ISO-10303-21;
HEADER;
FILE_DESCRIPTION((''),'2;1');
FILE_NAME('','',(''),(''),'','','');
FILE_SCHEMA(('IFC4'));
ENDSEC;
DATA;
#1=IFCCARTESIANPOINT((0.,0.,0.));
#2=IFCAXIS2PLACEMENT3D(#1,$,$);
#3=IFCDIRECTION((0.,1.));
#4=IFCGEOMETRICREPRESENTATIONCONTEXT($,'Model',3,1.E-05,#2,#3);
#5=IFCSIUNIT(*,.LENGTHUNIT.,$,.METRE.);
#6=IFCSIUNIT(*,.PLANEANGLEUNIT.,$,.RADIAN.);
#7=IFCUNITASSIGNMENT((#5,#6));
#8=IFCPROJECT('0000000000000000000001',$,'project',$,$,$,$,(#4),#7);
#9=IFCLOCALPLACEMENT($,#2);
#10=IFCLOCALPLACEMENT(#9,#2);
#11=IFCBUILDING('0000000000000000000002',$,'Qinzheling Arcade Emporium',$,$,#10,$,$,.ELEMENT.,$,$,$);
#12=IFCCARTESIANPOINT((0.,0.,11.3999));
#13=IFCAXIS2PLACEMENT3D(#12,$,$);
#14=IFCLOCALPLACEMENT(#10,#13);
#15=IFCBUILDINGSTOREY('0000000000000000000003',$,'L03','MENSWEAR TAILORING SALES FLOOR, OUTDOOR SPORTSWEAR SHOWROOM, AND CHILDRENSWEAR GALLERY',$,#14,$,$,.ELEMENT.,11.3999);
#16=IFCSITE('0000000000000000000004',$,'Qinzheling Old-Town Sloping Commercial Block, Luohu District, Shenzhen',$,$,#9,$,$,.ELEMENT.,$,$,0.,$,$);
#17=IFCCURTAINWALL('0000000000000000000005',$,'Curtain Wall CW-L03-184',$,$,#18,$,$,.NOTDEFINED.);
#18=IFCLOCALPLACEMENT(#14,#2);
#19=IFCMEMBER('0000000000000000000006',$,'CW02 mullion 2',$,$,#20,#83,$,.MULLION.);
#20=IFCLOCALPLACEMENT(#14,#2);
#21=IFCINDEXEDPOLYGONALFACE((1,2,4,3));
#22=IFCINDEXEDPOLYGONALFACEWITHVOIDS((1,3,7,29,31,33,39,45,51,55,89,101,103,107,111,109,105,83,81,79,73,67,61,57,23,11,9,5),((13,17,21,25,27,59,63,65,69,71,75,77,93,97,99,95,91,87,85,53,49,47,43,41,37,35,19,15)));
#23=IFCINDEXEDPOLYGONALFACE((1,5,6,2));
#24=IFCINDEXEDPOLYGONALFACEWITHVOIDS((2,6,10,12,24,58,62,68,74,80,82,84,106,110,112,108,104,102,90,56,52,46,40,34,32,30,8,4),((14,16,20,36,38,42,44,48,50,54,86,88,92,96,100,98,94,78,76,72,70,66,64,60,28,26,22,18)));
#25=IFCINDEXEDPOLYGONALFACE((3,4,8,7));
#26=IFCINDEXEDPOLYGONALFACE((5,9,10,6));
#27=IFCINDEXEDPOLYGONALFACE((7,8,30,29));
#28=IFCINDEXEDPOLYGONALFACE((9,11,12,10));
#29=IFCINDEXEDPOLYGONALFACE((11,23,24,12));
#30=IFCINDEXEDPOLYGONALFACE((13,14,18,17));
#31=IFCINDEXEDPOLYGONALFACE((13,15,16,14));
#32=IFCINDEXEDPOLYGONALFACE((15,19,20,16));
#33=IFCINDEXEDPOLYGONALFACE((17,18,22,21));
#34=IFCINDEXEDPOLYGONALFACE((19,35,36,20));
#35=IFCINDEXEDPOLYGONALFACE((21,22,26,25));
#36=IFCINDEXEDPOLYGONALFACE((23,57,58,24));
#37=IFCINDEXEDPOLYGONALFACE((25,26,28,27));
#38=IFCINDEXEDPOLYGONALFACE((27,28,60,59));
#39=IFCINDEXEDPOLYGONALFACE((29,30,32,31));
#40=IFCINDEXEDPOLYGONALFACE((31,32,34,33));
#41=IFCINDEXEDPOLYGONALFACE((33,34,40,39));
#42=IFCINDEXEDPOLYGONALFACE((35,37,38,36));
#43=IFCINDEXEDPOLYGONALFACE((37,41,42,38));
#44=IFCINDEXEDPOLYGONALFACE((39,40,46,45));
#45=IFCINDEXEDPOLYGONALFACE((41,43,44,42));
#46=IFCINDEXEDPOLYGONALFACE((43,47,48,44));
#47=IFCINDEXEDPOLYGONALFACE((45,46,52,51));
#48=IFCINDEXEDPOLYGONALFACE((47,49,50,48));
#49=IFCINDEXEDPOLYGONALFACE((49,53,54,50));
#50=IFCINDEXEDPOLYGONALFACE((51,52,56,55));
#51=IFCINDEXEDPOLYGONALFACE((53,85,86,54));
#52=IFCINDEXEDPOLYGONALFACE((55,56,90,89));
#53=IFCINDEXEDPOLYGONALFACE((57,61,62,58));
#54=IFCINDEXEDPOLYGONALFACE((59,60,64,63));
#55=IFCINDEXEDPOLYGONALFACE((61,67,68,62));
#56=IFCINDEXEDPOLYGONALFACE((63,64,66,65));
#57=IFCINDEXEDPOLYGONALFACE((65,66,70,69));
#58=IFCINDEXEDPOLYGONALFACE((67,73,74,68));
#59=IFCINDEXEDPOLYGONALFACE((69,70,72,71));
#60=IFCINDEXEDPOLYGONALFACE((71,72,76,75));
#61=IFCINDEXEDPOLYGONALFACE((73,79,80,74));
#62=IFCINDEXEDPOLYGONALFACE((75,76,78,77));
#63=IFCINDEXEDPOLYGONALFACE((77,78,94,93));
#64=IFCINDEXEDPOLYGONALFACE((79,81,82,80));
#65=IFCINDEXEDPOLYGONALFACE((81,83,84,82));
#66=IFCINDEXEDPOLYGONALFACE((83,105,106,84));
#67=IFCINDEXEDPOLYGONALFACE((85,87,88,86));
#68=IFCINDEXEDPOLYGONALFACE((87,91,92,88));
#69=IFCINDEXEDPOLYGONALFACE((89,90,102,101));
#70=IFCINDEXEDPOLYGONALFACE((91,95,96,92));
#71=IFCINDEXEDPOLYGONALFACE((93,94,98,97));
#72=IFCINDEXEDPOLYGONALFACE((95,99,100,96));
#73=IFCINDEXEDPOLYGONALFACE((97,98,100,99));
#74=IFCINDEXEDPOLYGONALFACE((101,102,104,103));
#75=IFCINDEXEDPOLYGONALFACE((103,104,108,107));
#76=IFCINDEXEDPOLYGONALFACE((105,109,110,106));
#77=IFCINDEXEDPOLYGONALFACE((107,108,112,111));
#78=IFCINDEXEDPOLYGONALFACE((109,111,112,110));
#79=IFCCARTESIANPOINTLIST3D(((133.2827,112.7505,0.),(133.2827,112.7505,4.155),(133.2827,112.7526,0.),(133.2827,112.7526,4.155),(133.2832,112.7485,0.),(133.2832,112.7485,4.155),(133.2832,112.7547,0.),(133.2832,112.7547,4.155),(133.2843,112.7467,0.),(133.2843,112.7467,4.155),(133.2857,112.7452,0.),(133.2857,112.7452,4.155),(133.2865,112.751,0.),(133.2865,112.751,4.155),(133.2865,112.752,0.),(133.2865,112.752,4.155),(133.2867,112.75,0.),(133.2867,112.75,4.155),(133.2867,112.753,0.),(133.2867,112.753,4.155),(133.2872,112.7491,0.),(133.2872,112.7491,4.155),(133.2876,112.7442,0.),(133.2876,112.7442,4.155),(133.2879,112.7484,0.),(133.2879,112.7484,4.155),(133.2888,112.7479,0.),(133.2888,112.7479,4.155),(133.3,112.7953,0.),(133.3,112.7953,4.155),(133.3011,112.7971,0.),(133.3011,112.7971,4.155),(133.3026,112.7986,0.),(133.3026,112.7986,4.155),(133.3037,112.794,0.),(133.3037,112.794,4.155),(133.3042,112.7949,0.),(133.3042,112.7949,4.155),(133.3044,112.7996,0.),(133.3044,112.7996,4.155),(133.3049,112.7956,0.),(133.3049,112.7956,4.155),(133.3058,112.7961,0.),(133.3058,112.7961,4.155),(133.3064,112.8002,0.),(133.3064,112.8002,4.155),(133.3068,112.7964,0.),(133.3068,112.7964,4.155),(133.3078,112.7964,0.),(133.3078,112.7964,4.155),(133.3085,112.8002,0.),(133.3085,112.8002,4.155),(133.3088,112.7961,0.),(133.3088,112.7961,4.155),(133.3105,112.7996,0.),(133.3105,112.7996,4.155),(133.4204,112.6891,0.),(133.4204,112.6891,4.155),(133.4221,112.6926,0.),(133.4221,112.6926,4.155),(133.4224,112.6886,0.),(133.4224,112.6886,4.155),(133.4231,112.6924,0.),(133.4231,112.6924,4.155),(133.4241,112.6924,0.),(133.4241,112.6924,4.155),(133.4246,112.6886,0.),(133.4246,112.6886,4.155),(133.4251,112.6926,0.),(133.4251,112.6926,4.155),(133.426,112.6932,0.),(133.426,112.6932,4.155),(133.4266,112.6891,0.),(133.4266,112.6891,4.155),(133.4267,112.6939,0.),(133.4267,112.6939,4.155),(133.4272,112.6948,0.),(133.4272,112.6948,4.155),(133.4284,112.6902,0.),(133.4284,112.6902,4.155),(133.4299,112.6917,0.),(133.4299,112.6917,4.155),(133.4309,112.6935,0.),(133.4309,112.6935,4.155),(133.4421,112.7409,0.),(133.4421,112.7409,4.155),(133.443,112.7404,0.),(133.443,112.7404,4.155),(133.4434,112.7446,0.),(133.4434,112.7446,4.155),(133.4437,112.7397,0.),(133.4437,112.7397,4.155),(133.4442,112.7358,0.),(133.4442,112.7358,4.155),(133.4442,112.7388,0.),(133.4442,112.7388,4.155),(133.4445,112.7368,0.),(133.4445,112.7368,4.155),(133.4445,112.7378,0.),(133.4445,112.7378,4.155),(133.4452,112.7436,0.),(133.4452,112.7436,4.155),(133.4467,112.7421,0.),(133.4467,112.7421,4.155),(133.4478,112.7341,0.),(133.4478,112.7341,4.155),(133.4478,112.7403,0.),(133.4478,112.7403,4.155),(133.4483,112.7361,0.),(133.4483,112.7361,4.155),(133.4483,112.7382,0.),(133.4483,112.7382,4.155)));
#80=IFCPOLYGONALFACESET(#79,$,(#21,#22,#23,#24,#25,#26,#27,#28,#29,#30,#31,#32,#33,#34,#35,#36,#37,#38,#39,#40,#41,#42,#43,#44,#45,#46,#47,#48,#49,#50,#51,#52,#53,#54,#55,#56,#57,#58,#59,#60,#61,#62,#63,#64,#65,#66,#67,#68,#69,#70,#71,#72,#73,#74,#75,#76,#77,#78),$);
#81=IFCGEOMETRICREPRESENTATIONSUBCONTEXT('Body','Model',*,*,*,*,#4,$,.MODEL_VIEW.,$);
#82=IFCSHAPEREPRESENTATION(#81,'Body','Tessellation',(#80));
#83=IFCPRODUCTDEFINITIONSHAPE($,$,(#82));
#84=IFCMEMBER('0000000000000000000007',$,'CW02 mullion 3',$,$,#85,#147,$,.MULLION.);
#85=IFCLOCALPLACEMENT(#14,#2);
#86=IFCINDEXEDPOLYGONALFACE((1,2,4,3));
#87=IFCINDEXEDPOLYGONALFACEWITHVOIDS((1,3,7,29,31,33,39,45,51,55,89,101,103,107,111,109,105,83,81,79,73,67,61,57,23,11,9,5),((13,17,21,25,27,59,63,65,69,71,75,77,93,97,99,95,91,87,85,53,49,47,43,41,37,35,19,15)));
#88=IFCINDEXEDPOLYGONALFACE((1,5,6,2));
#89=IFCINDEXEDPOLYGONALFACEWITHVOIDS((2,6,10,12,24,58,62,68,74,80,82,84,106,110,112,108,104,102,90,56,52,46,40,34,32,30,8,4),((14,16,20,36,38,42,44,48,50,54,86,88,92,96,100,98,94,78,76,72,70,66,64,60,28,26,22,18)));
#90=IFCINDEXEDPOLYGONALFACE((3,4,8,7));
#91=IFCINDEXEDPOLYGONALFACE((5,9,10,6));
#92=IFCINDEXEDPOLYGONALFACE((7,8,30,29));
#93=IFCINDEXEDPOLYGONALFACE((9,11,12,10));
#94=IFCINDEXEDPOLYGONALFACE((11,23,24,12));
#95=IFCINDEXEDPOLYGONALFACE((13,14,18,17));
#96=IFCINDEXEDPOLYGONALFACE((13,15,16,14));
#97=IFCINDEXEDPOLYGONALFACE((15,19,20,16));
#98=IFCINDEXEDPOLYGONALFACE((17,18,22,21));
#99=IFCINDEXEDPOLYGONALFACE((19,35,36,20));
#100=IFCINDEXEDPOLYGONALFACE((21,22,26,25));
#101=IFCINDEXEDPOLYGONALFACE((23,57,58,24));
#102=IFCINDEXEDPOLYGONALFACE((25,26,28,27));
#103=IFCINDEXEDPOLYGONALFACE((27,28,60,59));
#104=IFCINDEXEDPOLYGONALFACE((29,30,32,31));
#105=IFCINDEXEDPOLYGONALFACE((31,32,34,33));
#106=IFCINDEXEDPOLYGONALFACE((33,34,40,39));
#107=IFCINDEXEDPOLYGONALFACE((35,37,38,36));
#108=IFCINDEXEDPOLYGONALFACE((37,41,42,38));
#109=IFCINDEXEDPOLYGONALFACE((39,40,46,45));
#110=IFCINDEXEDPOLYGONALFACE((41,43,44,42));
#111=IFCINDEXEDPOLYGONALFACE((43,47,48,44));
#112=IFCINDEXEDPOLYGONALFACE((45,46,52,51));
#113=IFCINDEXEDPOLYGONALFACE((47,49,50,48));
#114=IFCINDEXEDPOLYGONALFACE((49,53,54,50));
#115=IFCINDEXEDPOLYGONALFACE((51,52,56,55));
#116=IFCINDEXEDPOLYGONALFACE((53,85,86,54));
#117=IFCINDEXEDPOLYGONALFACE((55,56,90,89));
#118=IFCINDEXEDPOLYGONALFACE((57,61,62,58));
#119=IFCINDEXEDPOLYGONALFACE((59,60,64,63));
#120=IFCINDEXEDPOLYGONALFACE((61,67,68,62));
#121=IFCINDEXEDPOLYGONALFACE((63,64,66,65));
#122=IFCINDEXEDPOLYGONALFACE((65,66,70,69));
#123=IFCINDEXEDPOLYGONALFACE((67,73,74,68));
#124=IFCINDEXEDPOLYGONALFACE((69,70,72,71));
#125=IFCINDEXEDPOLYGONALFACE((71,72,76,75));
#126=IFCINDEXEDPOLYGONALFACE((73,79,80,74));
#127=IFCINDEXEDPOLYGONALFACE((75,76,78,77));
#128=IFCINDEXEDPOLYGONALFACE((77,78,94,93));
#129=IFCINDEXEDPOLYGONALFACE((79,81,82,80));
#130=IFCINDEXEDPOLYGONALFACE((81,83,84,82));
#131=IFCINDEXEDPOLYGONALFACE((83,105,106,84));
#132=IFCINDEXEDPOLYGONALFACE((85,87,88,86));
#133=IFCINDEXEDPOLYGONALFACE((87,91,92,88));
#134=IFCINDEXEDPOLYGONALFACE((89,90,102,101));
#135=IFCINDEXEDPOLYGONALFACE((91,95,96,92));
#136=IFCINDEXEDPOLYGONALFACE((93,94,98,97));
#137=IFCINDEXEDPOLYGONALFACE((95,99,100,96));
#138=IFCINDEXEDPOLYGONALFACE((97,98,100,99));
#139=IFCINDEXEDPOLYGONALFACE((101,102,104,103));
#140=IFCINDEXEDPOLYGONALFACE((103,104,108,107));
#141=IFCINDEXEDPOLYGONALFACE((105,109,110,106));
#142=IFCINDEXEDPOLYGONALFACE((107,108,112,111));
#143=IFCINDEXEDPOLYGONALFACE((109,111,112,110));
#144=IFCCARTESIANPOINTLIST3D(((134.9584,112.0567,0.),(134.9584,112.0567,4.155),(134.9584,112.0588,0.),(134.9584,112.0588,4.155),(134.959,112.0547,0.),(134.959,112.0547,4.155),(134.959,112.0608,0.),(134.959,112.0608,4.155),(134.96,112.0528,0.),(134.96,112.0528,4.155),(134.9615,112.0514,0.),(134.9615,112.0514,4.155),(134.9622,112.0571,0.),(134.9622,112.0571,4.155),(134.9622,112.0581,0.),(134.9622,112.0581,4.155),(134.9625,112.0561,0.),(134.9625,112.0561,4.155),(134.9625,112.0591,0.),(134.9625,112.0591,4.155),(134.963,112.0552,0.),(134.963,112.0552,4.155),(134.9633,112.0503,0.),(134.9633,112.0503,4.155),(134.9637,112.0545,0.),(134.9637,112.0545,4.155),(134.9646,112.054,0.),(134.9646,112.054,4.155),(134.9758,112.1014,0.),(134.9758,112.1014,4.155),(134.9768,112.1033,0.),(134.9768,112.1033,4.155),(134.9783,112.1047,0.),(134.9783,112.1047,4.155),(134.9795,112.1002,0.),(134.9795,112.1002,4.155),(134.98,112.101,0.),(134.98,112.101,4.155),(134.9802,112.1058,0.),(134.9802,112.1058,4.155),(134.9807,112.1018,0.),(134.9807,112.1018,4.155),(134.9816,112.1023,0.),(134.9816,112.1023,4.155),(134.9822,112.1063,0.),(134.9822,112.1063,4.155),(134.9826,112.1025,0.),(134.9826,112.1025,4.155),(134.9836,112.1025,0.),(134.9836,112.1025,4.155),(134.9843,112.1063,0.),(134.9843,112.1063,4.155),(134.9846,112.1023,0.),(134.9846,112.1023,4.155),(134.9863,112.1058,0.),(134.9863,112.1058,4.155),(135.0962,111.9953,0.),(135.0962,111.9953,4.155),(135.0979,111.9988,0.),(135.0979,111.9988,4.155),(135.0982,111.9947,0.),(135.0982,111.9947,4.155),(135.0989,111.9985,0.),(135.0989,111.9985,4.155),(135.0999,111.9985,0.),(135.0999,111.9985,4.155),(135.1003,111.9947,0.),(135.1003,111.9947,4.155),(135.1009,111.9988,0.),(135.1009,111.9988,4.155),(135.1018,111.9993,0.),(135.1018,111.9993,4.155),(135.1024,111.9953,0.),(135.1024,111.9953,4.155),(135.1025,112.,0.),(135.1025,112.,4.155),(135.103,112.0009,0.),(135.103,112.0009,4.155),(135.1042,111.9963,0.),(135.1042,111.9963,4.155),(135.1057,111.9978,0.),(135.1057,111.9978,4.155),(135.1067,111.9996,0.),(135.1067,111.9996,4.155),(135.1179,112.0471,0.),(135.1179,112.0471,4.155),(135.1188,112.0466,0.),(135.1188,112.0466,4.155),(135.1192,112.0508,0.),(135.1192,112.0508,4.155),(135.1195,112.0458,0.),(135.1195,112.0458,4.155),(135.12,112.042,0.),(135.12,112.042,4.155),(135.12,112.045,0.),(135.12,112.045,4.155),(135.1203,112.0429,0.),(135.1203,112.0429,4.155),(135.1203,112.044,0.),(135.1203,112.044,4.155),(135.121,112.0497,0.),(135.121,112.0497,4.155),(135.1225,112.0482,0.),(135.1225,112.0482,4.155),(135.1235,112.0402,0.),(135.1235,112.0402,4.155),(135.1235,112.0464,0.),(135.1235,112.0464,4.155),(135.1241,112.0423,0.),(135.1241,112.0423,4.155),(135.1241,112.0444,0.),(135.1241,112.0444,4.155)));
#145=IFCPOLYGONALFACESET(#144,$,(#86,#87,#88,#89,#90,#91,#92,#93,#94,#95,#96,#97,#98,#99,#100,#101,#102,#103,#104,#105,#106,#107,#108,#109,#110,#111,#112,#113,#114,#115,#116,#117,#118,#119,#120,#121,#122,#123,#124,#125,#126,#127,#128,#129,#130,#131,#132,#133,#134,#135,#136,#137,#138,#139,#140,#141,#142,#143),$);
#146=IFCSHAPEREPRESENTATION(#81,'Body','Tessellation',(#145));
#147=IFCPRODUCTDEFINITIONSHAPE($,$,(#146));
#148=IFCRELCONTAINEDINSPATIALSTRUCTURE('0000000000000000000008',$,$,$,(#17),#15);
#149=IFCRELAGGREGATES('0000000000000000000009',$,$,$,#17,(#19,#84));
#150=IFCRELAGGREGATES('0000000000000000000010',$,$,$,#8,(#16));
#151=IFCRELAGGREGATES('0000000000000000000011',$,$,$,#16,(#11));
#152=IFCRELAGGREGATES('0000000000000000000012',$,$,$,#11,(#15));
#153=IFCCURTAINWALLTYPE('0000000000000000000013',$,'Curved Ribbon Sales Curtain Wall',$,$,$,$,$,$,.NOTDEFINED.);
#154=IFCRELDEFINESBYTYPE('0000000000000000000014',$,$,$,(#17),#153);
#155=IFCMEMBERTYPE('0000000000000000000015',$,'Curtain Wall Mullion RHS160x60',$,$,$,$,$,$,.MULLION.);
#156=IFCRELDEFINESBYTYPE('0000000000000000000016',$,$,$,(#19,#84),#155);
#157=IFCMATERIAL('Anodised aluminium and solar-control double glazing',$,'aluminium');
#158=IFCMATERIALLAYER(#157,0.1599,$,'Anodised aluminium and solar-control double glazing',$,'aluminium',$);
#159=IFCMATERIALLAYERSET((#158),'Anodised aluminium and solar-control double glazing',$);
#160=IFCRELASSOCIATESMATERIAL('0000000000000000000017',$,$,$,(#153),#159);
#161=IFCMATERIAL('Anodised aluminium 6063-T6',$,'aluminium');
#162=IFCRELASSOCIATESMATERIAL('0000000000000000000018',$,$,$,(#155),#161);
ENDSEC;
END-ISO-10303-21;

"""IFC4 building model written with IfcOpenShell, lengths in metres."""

from ifc_helpers import new_model, si_unit, direction, frame, origin, origin_2d, place, context, subcontext, project, spatial, hollow_rectangle, extrude, material, layer, layer_set, material_profile, profile_set, type_object, element, aggregate, save


model = new_model("IFC4")

# Units and contexts
model_context = context("Model", 3, precision=1e-05, world=origin(), true_north=direction((0.0, 1.0)))
body_context = subcontext(model_context, "Body", "Model", "MODEL_VIEW")
ifc_project = project(units=[si_unit("LENGTHUNIT", "METRE"), si_unit("PLANEANGLEUNIT", "RADIAN")], contexts=[model_context])

# Site, building, storey
site_placement = place(None, origin())
site = spatial("IfcSite", under=ifc_project, at=site_placement, Name="Qinzheling Old-Town Sloping Commercial Block, Luohu District, Shenzhen", CompositionType="ELEMENT", RefElevation=0.0)
building_placement = place(site_placement, origin())
building = spatial("IfcBuilding", under=site, at=building_placement, Name="Qinzheling Arcade Emporium", CompositionType="ELEMENT")
storey_placement = place(building_placement, frame((0.0, 0.0, 11.3999)))
storey = spatial("IfcBuildingStorey", under=building, at=storey_placement, Name="L03", Description="MENSWEAR TAILORING SALES FLOOR, OUTDOOR SPORTSWEAR SHOWROOM, AND CHILDRENSWEAR GALLERY", CompositionType="ELEMENT", Elevation=11.3999)

# Curtain wall, members
ifc_material_1 = material(Name="Anodised aluminium and solar-control double glazing", Category="aluminium")
ifc_layer_1 = layer(ifc_material_1, 0.1599, Name="Anodised aluminium and solar-control double glazing", Category="aluminium")
ifc_layer_set_1 = layer_set([ifc_layer_1], Name="Anodised aluminium and solar-control double glazing")
curtain_wall_type = type_object("IfcCurtainWallType", Name="Curved Ribbon Sales Curtain Wall", PredefinedType="NOTDEFINED", material=ifc_layer_set_1)
curtain_wall_1_placement = place(storey_placement, origin())
curtain_wall_1 = element("IfcCurtainWall", 1, at=curtain_wall_1_placement, inside=storey, type_object=curtain_wall_type, Name="Curtain Wall CW-L03-184", PredefinedType="NOTDEFINED")
ifc_material_2 = material(Name="Anodised aluminium 6063-T6", Category="aluminium")
ifc_material_profile_1 = material_profile(ifc_material_2, hollow_rectangle(XDim=0.0601, YDim=0.1599, WallThickness=0.0039, InnerFilletRadius=0.0039, OuterFilletRadius=0.0081, at=origin_2d()), Name="RHS 160x60x4", Category="aluminium")
ifc_profile_set_1 = profile_set([ifc_material_profile_1], Name="Anodised aluminium 6063-T6")
member_type_1 = type_object("IfcMemberType", Name="Curtain Wall Mullion RHS160x60", PredefinedType="MULLION", material=ifc_profile_set_1)
member_1_placement = place(storey_placement, frame((133.3655, 112.7444, 0.0), z_axis=(0.0, 0.0, 1.0), x_axis=(0.382631, 0.923901, 0.0)))
member_1 = element("IfcMember", 2, at=member_1_placement, type_object=member_type_1, Name="CW02 mullion 2", PredefinedType="MULLION", context=body_context, shape_type="SweptSolid", body=[
    extrude(hollow_rectangle(XDim=0.0601, YDim=0.1599, WallThickness=0.0039, InnerFilletRadius=0.0039, OuterFilletRadius=0.0081, at=origin_2d()), origin(), (0.0, 0.0, 1.0), 4.155),
])
member_2_placement = place(storey_placement, frame((135.0413, 112.0505, 0.0), z_axis=(0.0, 0.0, 1.0), x_axis=(0.382631, 0.923901, 0.0)))
member_2 = element("IfcMember", 3, at=member_2_placement, type_object=member_type_1, Name="CW02 mullion 3", PredefinedType="MULLION", context=body_context, shape_type="SweptSolid", body=[
    extrude(hollow_rectangle(XDim=0.0601, YDim=0.1599, WallThickness=0.0039, InnerFilletRadius=0.0039, OuterFilletRadius=0.0081, at=origin_2d()), origin(), (0.0, 0.0, 1.0), 4.155),
])

aggregate(curtain_wall_1, [member_1, member_2])

save(model, "model.ifc")
